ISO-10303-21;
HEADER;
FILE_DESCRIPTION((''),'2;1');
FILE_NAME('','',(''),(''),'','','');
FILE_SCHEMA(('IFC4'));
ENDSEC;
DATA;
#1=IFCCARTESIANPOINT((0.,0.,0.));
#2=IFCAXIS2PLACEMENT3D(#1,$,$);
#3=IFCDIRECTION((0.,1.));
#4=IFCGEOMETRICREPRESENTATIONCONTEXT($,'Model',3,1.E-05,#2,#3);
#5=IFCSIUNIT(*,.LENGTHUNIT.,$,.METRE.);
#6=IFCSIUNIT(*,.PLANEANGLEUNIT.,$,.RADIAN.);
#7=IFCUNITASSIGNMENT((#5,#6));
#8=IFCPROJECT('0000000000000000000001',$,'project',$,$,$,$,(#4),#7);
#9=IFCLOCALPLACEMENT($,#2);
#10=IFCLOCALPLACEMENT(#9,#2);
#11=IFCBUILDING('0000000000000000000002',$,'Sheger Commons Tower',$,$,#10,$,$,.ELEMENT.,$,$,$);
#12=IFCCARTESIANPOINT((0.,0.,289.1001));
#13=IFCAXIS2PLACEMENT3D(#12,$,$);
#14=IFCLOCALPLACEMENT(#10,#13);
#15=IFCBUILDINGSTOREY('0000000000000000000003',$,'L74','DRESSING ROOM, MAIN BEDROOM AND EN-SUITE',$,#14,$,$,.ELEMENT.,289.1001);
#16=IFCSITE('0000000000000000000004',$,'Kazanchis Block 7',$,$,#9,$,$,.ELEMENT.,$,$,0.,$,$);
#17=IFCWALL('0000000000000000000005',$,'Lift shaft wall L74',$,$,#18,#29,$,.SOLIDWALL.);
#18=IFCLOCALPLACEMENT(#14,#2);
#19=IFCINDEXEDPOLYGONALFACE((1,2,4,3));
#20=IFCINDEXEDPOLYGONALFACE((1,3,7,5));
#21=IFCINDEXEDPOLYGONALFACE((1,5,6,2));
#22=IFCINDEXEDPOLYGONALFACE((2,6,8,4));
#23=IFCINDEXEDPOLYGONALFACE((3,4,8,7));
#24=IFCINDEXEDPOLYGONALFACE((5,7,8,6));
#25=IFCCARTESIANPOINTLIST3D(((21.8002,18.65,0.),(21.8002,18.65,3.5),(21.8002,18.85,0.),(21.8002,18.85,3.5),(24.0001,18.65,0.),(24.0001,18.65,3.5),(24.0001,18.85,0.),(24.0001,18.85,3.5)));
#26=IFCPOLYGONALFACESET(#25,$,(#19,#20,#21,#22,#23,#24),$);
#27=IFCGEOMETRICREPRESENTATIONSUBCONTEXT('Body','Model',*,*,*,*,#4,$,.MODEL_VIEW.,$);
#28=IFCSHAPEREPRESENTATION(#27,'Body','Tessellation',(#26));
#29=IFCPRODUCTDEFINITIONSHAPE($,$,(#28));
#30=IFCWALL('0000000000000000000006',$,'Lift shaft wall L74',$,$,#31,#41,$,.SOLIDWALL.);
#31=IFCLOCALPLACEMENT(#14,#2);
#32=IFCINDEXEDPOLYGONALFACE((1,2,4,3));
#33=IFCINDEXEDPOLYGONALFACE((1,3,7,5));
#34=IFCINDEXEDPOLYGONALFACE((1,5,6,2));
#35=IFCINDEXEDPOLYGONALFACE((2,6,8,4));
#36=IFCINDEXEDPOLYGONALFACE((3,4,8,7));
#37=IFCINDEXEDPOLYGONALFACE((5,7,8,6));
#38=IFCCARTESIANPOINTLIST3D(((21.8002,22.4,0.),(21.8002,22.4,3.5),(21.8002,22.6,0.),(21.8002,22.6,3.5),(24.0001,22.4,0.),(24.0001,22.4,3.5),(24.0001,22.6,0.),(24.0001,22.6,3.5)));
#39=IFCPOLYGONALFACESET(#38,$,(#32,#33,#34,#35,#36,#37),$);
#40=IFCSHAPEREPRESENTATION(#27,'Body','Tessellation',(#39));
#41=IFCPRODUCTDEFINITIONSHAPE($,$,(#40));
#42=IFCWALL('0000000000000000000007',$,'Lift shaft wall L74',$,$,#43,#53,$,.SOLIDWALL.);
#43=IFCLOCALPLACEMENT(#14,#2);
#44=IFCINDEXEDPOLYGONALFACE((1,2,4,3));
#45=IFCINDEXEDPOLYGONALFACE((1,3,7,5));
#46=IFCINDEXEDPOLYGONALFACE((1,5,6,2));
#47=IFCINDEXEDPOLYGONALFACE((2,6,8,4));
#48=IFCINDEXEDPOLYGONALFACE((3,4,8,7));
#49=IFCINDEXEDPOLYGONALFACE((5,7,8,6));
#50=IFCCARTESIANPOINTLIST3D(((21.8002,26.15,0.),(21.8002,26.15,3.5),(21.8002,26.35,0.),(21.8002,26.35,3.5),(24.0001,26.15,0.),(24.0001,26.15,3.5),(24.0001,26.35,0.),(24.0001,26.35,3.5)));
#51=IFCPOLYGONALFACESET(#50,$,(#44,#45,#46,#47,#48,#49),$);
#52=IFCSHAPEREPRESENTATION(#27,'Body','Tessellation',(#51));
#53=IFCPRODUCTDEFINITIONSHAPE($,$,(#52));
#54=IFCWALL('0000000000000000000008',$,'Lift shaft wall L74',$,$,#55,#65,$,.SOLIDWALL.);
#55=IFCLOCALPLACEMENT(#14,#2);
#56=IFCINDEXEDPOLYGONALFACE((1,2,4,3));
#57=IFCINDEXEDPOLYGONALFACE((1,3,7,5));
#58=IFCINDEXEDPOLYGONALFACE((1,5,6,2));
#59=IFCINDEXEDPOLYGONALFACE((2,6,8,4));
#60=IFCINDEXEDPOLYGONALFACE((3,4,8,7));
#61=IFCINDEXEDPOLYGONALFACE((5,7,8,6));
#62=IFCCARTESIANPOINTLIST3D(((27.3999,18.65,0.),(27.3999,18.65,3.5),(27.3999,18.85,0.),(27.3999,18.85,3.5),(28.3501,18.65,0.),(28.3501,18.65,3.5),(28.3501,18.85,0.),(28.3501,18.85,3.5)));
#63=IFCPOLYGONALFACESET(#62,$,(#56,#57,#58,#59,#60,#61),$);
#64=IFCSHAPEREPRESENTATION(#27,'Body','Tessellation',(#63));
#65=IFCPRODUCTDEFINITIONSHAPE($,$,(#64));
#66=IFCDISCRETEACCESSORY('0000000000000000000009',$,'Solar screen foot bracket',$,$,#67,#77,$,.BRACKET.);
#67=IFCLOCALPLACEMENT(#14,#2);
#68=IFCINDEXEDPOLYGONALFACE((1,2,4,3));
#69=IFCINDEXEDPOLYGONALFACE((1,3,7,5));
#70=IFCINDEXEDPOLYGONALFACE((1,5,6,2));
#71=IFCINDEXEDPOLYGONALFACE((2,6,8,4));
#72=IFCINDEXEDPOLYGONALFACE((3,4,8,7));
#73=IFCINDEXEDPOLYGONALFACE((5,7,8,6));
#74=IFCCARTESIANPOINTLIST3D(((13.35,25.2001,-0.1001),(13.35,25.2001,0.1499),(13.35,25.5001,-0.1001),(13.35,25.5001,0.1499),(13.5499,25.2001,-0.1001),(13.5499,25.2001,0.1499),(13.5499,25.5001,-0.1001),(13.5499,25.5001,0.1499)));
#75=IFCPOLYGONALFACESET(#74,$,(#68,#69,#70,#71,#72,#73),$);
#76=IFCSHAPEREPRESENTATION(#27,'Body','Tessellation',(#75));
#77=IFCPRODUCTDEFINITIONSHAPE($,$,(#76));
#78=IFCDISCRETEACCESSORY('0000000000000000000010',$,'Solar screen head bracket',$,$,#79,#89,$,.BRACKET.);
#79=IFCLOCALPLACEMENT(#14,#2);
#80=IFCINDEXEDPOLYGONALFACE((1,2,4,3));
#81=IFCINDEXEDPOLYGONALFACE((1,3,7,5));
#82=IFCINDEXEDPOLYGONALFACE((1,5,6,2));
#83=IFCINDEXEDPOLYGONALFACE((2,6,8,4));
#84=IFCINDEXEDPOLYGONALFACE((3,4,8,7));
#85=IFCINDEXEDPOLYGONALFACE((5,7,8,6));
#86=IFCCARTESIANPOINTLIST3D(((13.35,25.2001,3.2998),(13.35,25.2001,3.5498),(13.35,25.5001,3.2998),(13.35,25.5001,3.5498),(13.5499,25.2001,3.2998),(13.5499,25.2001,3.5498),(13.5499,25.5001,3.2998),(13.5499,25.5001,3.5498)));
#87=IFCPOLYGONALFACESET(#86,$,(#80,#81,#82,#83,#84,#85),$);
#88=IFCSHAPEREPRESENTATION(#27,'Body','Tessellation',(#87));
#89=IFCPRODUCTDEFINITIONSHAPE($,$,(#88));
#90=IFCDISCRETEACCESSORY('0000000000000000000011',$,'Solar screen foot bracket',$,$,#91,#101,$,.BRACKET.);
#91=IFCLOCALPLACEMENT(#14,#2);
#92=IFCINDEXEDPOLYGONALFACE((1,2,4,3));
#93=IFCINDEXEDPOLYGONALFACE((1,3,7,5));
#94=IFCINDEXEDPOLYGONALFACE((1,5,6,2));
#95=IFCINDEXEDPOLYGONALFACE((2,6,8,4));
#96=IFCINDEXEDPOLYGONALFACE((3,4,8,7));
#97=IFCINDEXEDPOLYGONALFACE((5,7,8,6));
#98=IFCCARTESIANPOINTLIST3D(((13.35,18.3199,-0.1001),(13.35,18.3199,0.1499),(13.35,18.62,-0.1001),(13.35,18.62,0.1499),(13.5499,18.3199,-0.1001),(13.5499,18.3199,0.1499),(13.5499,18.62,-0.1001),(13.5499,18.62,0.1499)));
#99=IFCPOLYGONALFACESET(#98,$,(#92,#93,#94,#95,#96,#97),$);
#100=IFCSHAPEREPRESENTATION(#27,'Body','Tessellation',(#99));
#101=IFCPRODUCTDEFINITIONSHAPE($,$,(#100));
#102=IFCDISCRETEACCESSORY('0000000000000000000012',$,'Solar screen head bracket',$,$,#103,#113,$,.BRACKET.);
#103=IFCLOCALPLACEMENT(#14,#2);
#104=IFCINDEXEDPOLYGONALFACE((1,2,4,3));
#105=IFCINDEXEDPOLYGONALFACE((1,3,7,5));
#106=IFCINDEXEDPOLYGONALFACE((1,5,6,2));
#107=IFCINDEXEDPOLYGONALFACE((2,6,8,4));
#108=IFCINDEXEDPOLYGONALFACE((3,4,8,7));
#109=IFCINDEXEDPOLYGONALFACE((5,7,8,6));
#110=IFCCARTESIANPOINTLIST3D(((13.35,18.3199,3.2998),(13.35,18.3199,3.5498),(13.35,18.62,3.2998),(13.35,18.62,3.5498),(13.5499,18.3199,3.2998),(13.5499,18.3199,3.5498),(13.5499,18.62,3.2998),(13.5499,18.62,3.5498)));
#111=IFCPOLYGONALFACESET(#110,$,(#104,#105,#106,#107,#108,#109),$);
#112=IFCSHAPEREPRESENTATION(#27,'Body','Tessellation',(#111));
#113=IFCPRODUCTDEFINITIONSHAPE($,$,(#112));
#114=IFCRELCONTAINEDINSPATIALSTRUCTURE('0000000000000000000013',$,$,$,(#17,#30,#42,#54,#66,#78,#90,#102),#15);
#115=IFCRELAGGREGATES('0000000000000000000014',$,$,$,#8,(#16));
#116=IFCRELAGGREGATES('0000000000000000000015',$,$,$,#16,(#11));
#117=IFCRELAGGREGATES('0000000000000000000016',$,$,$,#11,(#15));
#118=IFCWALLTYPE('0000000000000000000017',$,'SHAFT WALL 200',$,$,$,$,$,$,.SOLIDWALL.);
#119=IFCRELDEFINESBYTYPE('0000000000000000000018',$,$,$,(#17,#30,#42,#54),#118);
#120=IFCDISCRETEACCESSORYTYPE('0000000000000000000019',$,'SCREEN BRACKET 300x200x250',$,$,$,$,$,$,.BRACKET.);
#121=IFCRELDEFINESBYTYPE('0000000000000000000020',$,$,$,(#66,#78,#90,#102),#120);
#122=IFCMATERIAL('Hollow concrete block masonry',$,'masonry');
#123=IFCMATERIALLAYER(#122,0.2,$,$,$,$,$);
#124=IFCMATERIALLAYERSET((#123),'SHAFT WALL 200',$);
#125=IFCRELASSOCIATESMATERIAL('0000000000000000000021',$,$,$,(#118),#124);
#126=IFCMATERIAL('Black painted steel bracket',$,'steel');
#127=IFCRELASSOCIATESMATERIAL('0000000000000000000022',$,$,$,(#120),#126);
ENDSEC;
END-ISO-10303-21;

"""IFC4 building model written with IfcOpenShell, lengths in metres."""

from ifc_helpers import new_model, si_unit, direction, frame, frame_2d, origin, origin_2d, place, context, subcontext, project, spatial, rectangle, extrude, material, layer, layer_set, type_object, element, save


model = new_model("IFC4")

# Units and contexts
model_context = context("Model", 3, precision=1e-05, world=origin(), true_north=direction((0.0, 1.0)))
body_context = subcontext(model_context, "Body", "Model", "MODEL_VIEW")
ifc_project = project(units=[si_unit("LENGTHUNIT", "METRE"), si_unit("PLANEANGLEUNIT", "RADIAN")], contexts=[model_context])

# Site, building, storey
site_placement = place(None, origin())
site = spatial("IfcSite", under=ifc_project, at=site_placement, Name="Kazanchis Block 7", CompositionType="ELEMENT", RefElevation=0.0)
building_placement = place(site_placement, origin())
building = spatial("IfcBuilding", under=site, at=building_placement, Name="Sheger Commons Tower", CompositionType="ELEMENT")
storey_placement = place(building_placement, frame((0.0, 0.0, 289.1001)))
storey = spatial("IfcBuildingStorey", under=building, at=storey_placement, Name="L74", Description="DRESSING ROOM, MAIN BEDROOM AND EN-SUITE", CompositionType="ELEMENT", Elevation=289.1001)

# Walls
ifc_material_1 = material(Name="Hollow concrete block masonry", Category="masonry")
ifc_layer_1 = layer(ifc_material_1, 0.2)
ifc_layer_set_1 = layer_set([ifc_layer_1], Name="SHAFT WALL 200")
wall_type_1 = type_object("IfcWallType", Name="SHAFT WALL 200", PredefinedType="SOLIDWALL", material=ifc_layer_set_1)
for number, where, z_axis, x_axis, name in (
    (1, (21.8, 18.75, 0.0), (0.0, 0.0, 1.0), (1.0, 0.0, 0.0), "Lift shaft wall L74"),
    (2, (21.8, 22.5, 0.0), (0.0, 0.0, 1.0), (1.0, 0.0, 0.0), "Lift shaft wall L74"),
    (3, (21.8, 26.25, 0.0), (0.0, 0.0, 1.0), (1.0, 0.0, 0.0), "Lift shaft wall L74"),
):
    element("IfcWall", number, at=place(storey_placement, frame(where, z_axis=z_axis, x_axis=x_axis)), inside=storey, type_object=wall_type_1, Name=name, PredefinedType="SOLIDWALL", context=body_context, shape_type="SweptSolid", body=[
        extrude(rectangle(XDim=2.2, YDim=0.2, at=frame_2d((1.1001, 0.0))), origin(), (0.0, 0.0, 1.0), 3.5),
    ])
wall_1_placement = place(storey_placement, frame((27.3999, 18.75, 0.0), z_axis=(0.0, 0.0, 1.0), x_axis=(1.0, 0.0, 0.0)))
element("IfcWall", 4, at=wall_1_placement, inside=storey, type_object=wall_type_1, Name="Lift shaft wall L74", PredefinedType="SOLIDWALL", context=body_context, shape_type="SweptSolid", body=[
    extrude(rectangle(XDim=0.9502, YDim=0.2, at=frame_2d((0.4751, 0.0))), origin(), (0.0, 0.0, 1.0), 3.5),
])

# Discrete accessories
ifc_material_2 = material(Name="Black painted steel bracket", Category="steel")
discrete_accessory_type = type_object("IfcDiscreteAccessoryType", Name="SCREEN BRACKET 300x200x250", PredefinedType="BRACKET", material=ifc_material_2)
for number, where, z_axis, x_axis, name in (
    (5, (13.45, 25.3501, -0.1001), (0.0, 0.0, 1.0), (0.0, -1.0, 0.0), "Solar screen foot bracket"),
    (6, (13.45, 25.3501, 3.2998), (0.0, 0.0, 1.0), (0.0, -1.0, 0.0), "Solar screen head bracket"),
    (7, (13.45, 18.47, -0.1001), (0.0, 0.0, 1.0), (0.0, -1.0, 0.0), "Solar screen foot bracket"),
    (8, (13.45, 18.47, 3.2998), (0.0, 0.0, 1.0), (0.0, -1.0, 0.0), "Solar screen head bracket"),
):
    element("IfcDiscreteAccessory", number, at=place(storey_placement, frame(where, z_axis=z_axis, x_axis=x_axis)), inside=storey, type_object=discrete_accessory_type, Name=name, PredefinedType="BRACKET", context=body_context, shape_type="SweptSolid", body=[
        extrude(rectangle(XDim=0.3, YDim=0.2, at=origin_2d()), origin(), (0.0, 0.0, 1.0), 0.25),
    ])

save(model, "model.ifc")
